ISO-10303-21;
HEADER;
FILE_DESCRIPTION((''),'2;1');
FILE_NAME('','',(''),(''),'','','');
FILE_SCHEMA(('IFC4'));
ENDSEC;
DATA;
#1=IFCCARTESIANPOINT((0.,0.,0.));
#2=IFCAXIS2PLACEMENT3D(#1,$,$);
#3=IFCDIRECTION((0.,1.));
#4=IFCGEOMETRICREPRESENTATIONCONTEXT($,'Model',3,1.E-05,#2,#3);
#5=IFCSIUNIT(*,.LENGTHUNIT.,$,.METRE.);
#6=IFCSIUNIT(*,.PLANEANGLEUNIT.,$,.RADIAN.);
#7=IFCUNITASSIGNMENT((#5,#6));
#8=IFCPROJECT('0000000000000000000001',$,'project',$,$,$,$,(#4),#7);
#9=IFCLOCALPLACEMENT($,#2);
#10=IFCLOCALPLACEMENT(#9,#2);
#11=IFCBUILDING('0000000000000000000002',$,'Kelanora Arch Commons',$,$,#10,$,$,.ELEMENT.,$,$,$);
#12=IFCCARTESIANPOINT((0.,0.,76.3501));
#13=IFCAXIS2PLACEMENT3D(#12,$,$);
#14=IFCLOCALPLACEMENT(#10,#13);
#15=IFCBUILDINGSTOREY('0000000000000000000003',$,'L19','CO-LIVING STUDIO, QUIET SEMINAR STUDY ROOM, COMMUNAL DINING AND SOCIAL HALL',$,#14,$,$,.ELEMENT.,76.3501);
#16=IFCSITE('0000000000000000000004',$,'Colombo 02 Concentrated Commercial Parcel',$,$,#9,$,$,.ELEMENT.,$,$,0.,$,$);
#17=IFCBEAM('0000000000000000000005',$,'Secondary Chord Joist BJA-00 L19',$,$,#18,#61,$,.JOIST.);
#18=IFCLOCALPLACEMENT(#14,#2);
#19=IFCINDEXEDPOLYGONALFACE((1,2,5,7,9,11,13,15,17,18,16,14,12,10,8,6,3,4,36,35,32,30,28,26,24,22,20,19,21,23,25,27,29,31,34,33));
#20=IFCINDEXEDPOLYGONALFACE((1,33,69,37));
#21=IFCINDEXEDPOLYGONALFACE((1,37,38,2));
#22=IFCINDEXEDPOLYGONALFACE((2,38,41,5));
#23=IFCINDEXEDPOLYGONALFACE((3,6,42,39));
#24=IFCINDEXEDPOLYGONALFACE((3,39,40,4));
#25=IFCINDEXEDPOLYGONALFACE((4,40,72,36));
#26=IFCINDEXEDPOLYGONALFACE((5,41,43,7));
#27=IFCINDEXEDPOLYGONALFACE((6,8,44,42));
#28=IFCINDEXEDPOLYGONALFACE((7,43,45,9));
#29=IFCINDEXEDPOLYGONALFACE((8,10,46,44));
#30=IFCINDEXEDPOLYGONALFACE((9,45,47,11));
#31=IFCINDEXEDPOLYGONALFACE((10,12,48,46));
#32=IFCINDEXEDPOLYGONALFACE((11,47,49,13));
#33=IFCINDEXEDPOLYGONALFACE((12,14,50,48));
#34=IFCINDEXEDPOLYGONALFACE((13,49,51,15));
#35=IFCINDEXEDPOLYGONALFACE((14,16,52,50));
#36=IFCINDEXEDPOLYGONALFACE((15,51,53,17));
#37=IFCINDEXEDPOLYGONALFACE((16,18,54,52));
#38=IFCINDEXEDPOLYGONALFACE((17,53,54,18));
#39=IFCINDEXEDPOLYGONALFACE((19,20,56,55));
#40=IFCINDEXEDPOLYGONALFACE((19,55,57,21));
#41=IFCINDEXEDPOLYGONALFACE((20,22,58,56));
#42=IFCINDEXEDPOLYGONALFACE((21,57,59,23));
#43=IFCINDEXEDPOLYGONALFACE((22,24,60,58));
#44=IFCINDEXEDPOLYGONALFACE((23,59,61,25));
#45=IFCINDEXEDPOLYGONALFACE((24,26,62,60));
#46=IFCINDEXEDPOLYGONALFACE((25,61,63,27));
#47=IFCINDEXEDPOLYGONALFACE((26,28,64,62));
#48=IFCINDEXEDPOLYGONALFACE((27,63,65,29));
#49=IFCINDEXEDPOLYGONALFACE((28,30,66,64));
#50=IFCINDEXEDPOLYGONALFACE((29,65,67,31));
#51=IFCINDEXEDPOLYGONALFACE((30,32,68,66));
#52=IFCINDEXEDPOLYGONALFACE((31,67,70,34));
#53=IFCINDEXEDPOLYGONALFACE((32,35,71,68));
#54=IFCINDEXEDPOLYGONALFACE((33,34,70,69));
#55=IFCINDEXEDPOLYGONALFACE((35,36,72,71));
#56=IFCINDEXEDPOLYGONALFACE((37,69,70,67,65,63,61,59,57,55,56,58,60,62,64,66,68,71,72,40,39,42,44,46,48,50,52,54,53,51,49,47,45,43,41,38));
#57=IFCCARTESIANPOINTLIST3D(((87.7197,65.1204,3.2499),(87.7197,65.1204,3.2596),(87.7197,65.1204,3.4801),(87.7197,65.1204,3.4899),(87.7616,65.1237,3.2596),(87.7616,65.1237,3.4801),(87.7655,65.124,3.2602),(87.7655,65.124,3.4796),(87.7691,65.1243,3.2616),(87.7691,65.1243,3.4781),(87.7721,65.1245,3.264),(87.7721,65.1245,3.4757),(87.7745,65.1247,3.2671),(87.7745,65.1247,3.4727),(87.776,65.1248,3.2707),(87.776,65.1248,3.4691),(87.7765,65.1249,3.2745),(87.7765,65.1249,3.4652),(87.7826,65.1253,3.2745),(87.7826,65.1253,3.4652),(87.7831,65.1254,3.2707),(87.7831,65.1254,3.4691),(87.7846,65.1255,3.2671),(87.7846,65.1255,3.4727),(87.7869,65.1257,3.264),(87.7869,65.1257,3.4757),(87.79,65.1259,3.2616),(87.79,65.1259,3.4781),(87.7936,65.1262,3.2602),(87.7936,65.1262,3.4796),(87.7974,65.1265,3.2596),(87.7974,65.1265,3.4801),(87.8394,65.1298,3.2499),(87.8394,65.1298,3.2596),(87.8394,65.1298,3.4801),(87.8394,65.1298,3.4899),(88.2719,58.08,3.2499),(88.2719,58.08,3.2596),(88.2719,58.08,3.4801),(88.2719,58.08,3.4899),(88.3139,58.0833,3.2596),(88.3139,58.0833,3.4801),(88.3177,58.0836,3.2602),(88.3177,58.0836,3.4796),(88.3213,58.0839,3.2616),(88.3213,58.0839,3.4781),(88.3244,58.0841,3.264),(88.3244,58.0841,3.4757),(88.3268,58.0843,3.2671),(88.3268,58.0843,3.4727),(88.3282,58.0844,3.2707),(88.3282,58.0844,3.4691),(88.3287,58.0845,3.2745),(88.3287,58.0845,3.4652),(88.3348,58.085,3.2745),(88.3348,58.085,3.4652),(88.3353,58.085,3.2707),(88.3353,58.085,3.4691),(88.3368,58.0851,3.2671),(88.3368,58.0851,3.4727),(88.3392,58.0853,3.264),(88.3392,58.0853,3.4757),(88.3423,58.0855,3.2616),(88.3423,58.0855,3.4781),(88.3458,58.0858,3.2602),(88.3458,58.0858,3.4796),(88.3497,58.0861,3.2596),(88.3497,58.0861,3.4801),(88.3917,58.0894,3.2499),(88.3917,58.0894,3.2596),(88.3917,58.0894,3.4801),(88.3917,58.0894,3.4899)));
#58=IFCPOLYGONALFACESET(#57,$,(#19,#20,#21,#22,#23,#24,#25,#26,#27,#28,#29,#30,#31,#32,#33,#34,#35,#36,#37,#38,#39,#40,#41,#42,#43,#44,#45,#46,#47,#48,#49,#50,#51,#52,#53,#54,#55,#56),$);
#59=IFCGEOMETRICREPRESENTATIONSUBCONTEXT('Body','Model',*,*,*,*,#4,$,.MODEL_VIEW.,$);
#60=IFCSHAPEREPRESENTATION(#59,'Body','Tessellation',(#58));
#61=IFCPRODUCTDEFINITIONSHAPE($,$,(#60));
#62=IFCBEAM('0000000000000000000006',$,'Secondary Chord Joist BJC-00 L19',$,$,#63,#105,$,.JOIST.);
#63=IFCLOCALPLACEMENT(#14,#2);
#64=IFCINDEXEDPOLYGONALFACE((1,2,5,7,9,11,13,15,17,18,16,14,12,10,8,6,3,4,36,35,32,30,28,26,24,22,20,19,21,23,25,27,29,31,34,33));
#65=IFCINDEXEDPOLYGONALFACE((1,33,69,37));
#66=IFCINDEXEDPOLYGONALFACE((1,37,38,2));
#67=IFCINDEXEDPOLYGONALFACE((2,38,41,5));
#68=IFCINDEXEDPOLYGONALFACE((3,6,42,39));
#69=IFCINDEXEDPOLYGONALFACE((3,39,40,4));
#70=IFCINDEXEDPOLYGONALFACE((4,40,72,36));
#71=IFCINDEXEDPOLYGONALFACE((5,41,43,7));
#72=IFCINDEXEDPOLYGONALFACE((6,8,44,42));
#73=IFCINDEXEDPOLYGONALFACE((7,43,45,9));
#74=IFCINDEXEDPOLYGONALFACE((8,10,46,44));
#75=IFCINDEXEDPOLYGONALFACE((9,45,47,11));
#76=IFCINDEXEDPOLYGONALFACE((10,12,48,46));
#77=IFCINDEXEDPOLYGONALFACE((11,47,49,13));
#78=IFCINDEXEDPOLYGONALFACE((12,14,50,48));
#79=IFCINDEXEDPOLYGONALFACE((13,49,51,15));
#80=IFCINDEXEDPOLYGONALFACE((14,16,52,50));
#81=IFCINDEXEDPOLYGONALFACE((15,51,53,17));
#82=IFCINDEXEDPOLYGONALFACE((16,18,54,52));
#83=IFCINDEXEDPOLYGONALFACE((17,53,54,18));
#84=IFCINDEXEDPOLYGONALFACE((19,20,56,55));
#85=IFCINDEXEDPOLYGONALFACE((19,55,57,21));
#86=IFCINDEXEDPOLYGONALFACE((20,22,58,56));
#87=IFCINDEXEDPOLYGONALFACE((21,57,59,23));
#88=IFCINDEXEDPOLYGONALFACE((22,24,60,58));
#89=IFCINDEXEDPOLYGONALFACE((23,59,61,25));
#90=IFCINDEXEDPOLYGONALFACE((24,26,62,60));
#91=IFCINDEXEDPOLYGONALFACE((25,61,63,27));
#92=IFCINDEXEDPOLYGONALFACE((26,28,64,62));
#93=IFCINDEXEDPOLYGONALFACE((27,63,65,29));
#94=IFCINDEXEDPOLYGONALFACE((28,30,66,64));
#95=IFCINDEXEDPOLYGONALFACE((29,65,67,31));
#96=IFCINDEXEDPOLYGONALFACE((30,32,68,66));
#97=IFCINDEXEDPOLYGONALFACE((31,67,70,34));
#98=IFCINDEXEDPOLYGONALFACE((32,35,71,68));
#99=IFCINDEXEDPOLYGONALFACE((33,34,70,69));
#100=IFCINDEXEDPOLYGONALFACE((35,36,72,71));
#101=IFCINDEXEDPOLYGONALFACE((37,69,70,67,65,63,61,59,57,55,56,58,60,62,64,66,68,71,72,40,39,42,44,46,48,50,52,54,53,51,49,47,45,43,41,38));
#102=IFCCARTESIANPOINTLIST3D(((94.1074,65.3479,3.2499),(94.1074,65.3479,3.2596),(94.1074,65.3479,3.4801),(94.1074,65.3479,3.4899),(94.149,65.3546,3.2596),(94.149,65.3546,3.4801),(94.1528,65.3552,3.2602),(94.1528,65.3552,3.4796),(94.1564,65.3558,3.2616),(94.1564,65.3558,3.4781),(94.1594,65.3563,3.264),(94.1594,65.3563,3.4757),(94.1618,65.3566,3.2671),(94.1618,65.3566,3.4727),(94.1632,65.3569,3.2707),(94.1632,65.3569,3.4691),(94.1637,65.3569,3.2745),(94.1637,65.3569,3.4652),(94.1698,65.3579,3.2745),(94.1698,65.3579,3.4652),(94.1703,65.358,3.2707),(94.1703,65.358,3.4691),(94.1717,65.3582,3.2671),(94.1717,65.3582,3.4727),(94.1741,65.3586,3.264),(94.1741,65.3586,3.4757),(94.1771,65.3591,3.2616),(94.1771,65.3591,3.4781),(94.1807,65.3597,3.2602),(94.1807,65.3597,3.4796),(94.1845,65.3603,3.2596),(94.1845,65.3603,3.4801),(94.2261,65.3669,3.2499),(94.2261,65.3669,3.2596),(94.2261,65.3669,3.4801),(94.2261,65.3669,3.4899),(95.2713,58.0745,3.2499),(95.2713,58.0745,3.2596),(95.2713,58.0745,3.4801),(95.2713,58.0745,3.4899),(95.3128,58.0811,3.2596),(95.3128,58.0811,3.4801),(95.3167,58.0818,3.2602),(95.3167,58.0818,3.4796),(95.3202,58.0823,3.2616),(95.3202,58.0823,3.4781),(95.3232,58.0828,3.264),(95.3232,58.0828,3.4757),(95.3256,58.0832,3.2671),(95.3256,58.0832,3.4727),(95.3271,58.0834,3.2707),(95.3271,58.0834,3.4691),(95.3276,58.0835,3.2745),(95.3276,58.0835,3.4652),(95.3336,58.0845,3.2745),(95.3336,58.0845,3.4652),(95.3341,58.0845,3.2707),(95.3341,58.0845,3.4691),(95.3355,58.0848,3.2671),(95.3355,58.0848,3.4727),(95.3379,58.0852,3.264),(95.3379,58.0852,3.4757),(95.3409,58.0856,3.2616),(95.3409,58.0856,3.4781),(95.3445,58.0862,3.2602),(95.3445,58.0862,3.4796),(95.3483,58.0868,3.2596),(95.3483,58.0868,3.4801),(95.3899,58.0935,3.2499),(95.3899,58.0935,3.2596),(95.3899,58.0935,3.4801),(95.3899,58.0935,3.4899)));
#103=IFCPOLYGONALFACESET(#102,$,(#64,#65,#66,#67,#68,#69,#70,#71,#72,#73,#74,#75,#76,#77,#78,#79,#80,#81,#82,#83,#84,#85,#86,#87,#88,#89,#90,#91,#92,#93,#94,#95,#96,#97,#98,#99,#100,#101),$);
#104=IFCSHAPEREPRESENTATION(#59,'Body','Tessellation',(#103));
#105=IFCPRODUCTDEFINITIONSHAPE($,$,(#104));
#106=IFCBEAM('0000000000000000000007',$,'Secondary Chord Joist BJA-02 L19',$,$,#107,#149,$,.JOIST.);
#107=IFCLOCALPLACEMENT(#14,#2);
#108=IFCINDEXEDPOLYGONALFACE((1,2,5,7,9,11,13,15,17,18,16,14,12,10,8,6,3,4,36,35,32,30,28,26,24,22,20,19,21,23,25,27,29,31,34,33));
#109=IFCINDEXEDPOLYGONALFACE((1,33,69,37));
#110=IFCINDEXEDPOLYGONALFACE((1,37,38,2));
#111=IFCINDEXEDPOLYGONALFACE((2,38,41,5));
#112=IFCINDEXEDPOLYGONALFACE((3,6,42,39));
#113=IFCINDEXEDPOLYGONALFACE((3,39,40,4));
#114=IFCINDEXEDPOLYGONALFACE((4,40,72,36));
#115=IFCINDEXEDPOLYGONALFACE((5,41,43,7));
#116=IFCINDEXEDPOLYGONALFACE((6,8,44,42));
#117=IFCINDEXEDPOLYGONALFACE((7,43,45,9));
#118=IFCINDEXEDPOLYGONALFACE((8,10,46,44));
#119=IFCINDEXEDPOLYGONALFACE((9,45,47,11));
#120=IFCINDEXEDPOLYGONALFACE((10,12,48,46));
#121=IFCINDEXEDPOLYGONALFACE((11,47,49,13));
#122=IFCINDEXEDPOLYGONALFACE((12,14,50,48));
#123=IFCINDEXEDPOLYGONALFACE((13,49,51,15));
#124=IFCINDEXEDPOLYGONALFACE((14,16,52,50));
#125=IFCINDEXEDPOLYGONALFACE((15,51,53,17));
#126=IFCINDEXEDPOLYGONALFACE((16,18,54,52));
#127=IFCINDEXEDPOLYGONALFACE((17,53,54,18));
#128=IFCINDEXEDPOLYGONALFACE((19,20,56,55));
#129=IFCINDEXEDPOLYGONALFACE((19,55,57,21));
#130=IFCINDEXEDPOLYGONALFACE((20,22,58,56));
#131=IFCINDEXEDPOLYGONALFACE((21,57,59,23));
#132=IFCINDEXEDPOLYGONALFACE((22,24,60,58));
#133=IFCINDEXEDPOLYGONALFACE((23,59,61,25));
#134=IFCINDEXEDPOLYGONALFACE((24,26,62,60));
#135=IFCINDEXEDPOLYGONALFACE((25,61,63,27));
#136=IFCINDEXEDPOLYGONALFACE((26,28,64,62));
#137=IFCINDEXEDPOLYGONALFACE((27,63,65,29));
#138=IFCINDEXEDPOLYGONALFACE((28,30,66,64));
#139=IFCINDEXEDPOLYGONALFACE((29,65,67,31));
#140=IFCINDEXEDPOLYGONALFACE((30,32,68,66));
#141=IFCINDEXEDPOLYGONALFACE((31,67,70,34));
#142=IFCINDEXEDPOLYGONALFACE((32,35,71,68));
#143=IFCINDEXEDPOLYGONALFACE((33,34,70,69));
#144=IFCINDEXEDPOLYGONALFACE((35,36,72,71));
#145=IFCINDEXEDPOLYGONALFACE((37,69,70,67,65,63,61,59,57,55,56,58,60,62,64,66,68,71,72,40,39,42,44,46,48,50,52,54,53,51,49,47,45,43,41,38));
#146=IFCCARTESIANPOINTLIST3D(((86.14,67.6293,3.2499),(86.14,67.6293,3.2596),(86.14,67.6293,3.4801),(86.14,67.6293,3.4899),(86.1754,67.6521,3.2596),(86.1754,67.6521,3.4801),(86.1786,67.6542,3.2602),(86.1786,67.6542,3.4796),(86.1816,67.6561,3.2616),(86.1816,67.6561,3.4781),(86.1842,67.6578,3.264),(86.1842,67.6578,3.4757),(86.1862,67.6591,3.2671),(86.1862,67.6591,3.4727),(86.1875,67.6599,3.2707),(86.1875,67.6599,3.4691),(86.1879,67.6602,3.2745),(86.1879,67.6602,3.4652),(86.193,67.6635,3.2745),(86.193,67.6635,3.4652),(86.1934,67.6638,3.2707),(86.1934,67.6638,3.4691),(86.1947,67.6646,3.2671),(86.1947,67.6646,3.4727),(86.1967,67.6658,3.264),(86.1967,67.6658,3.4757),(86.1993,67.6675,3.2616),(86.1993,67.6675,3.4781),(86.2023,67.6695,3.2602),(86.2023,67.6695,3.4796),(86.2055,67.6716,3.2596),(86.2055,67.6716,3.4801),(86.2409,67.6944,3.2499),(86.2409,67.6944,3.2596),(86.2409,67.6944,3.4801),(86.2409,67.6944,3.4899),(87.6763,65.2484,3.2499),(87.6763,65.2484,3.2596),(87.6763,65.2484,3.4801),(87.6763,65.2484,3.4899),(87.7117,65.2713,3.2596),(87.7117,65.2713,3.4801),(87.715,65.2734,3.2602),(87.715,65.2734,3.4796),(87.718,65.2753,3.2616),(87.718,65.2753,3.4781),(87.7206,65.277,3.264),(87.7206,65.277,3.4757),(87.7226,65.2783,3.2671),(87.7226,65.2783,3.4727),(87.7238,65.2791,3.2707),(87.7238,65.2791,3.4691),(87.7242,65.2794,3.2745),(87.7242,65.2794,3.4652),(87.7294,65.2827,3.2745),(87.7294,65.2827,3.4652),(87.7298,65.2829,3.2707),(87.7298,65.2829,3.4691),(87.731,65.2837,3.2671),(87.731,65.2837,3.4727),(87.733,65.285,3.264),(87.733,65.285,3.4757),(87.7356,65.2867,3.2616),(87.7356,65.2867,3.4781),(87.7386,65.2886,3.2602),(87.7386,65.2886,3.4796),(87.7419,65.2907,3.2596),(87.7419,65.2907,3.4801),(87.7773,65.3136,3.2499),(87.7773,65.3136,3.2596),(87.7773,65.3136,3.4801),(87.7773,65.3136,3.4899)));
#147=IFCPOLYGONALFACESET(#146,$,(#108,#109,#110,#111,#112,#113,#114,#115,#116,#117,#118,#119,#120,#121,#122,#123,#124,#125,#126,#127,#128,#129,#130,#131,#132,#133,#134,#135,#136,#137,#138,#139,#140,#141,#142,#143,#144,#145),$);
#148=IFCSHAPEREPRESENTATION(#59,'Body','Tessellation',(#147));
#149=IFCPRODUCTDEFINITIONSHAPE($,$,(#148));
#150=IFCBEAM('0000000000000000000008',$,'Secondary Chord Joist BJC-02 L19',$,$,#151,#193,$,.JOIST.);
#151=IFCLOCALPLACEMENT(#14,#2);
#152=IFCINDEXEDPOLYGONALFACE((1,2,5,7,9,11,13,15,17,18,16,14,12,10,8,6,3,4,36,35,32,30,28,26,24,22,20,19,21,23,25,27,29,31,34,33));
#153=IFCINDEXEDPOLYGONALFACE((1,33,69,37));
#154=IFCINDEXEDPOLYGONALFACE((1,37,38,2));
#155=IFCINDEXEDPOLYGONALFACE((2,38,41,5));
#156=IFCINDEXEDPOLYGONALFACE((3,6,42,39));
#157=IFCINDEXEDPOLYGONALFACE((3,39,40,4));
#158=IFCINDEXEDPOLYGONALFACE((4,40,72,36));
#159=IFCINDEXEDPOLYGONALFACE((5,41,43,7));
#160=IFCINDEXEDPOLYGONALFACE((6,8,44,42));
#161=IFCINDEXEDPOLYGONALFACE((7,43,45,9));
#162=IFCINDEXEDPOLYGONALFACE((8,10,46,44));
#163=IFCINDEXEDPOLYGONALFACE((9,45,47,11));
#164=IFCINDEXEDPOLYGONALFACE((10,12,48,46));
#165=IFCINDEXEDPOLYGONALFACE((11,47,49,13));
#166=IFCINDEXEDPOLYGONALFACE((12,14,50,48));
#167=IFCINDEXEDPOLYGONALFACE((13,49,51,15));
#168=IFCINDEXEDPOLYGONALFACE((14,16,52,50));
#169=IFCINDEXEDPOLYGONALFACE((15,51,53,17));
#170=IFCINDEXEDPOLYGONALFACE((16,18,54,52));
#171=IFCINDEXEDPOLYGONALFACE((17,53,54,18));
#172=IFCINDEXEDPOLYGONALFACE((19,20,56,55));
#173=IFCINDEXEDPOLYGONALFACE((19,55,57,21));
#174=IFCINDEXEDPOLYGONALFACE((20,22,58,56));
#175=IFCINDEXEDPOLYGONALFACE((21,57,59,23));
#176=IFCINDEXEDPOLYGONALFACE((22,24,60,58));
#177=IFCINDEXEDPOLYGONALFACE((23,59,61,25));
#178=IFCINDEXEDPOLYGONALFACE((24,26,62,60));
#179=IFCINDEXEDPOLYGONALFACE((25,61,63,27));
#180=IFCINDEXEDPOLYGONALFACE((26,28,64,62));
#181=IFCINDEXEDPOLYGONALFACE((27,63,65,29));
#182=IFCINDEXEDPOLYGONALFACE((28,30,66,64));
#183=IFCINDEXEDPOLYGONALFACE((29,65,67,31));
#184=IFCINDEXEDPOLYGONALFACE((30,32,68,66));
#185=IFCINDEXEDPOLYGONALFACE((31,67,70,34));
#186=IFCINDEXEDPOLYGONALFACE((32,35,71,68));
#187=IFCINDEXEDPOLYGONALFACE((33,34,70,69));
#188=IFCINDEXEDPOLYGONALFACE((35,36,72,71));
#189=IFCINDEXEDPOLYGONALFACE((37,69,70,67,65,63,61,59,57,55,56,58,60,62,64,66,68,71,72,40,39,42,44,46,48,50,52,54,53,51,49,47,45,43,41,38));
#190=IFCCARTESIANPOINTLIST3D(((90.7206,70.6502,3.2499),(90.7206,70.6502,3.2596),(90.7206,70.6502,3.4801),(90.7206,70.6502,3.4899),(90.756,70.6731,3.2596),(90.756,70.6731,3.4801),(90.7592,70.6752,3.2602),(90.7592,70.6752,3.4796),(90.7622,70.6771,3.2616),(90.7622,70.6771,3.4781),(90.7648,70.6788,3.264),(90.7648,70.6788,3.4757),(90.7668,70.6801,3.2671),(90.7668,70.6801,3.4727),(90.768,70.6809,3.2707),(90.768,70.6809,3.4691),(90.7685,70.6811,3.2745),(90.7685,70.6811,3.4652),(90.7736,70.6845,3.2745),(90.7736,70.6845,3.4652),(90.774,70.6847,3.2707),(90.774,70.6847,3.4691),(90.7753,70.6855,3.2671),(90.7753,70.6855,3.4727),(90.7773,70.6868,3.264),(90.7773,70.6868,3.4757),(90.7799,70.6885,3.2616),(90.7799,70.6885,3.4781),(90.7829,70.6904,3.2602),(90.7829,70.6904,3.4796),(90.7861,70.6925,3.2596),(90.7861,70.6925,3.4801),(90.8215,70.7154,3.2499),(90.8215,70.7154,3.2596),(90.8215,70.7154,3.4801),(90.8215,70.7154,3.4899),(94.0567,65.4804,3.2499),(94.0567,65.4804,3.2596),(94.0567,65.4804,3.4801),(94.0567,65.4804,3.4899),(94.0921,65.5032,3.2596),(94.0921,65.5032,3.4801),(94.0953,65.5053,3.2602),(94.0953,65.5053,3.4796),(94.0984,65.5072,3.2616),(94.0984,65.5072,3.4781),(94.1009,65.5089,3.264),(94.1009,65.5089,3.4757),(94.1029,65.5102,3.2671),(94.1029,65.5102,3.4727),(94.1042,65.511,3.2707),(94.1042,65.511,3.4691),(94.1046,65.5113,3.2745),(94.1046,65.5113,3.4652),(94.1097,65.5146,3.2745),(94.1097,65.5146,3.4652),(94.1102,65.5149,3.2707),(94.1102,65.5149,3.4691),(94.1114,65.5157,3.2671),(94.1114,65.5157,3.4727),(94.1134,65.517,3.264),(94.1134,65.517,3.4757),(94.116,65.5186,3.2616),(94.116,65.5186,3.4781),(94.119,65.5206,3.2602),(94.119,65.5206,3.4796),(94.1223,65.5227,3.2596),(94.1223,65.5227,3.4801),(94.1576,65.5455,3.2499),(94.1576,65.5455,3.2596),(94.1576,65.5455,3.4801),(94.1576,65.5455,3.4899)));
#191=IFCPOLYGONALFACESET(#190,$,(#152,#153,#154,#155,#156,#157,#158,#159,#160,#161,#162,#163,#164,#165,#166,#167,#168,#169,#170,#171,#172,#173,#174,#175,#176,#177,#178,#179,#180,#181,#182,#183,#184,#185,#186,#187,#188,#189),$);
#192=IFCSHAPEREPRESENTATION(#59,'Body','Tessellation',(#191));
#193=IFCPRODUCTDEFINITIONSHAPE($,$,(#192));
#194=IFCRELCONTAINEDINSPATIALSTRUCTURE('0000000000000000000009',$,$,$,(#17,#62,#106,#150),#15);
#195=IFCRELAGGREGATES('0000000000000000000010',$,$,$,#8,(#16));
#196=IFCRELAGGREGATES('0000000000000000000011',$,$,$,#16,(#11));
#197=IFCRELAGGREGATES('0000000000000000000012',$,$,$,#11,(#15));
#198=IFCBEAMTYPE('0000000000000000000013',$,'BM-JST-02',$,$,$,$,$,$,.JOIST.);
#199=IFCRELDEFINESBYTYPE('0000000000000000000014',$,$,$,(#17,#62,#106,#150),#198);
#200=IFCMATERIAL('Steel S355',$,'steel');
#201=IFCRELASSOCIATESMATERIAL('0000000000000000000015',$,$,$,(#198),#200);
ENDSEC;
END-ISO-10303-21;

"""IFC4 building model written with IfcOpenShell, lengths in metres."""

from ifc_helpers import new_model, si_unit, direction, frame, origin, origin_2d, place, context, subcontext, project, spatial, i_section, extrude, material, material_profile, profile_set, type_object, element, save


model = new_model("IFC4")

# Units and contexts
model_context = context("Model", 3, precision=1e-05, world=origin(), true_north=direction((0.0, 1.0)))
body_context = subcontext(model_context, "Body", "Model", "MODEL_VIEW")
ifc_project = project(units=[si_unit("LENGTHUNIT", "METRE"), si_unit("PLANEANGLEUNIT", "RADIAN")], contexts=[model_context])

# Site, building, storey
site_placement = place(None, origin())
site = spatial("IfcSite", under=ifc_project, at=site_placement, Name="Colombo 02 Concentrated Commercial Parcel", CompositionType="ELEMENT", RefElevation=0.0)
building_placement = place(site_placement, origin())
building = spatial("IfcBuilding", under=site, at=building_placement, Name="Kelanora Arch Commons", CompositionType="ELEMENT")
storey_placement = place(building_placement, frame((0.0, 0.0, 76.3501)))
storey = spatial("IfcBuildingStorey", under=building, at=storey_placement, Name="L19", Description="CO-LIVING STUDIO, QUIET SEMINAR STUDY ROOM, COMMUNAL DINING AND SOCIAL HALL", CompositionType="ELEMENT", Elevation=76.3501)

# Beams
ifc_material_1 = material(Name="Steel S355", Category="steel")
ifc_material_profile_1 = material_profile(ifc_material_1, i_section(OverallWidth=0.1201, OverallDepth=0.24, WebThickness=0.0061, FlangeThickness=0.0098, FilletRadius=0.0149, at=origin_2d()), Name="IPE240")
ifc_profile_set_1 = profile_set([ifc_material_profile_1], Name="Steel S355")
beam_type_1 = type_object("IfcBeamType", Name="BM-JST-02", PredefinedType="JOIST", material=ifc_profile_set_1)
beam_1_placement = place(storey_placement, frame((88.3318, 58.0847, 3.3699), z_axis=(-0.078201, 0.996938, 0.0), x_axis=(-0.996938, -0.078201, 0.0)))
element("IfcBeam", 1, at=beam_1_placement, inside=storey, type_object=beam_type_1, Name="Secondary Chord Joist BJA-00 L19", PredefinedType="JOIST", context=body_context, shape_type="SweptSolid", body=[
    extrude(i_section(OverallWidth=0.1201, OverallDepth=0.24, WebThickness=0.0061, FlangeThickness=0.0098, FilletRadius=0.0149, at=origin_2d()), origin(), (0.0, 0.0, 1.0), 7.062),
])
beam_2_placement = place(storey_placement, frame((95.3306, 58.084, 3.3699), z_axis=(-0.158, 0.987439, 0.0), x_axis=(-0.987439, -0.158, 0.0)))
element("IfcBeam", 2, at=beam_2_placement, inside=storey, type_object=beam_type_1, Name="Secondary Chord Joist BJC-00 L19", PredefinedType="JOIST", context=body_context, shape_type="SweptSolid", body=[
    extrude(i_section(OverallWidth=0.1201, OverallDepth=0.24, WebThickness=0.0061, FlangeThickness=0.0098, FilletRadius=0.0149, at=origin_2d()), origin(), (0.0, 0.0, 1.0), 7.366),
])
beam_3_placement = place(storey_placement, frame((87.7268, 65.281, 3.3699), z_axis=(-0.542211, 0.840242, 0.0), x_axis=(-0.840242, -0.542211, 0.0)))
element("IfcBeam", 3, at=beam_3_placement, inside=storey, type_object=beam_type_1, Name="Secondary Chord Joist BJA-02 L19", PredefinedType="JOIST", context=body_context, shape_type="SweptSolid", body=[
    extrude(i_section(OverallWidth=0.1201, OverallDepth=0.24, WebThickness=0.0061, FlangeThickness=0.0098, FilletRadius=0.0149, at=origin_2d()), origin(), (0.0, 0.0, 1.0), 2.8335),
])
beam_4_placement = place(storey_placement, frame((94.1072, 65.5129, 3.3699), z_axis=(-0.542213, 0.840241, 0.0), x_axis=(-0.840241, -0.542213, 0.0)))
element("IfcBeam", 4, at=beam_4_placement, inside=storey, type_object=beam_type_1, Name="Secondary Chord Joist BJC-02 L19", PredefinedType="JOIST", context=body_context, shape_type="SweptSolid", body=[
    extrude(i_section(OverallWidth=0.1201, OverallDepth=0.24, WebThickness=0.0061, FlangeThickness=0.0098, FilletRadius=0.0149, at=origin_2d()), origin(), (0.0, 0.0, 1.0), 6.1528),
])

save(model, "model.ifc")
